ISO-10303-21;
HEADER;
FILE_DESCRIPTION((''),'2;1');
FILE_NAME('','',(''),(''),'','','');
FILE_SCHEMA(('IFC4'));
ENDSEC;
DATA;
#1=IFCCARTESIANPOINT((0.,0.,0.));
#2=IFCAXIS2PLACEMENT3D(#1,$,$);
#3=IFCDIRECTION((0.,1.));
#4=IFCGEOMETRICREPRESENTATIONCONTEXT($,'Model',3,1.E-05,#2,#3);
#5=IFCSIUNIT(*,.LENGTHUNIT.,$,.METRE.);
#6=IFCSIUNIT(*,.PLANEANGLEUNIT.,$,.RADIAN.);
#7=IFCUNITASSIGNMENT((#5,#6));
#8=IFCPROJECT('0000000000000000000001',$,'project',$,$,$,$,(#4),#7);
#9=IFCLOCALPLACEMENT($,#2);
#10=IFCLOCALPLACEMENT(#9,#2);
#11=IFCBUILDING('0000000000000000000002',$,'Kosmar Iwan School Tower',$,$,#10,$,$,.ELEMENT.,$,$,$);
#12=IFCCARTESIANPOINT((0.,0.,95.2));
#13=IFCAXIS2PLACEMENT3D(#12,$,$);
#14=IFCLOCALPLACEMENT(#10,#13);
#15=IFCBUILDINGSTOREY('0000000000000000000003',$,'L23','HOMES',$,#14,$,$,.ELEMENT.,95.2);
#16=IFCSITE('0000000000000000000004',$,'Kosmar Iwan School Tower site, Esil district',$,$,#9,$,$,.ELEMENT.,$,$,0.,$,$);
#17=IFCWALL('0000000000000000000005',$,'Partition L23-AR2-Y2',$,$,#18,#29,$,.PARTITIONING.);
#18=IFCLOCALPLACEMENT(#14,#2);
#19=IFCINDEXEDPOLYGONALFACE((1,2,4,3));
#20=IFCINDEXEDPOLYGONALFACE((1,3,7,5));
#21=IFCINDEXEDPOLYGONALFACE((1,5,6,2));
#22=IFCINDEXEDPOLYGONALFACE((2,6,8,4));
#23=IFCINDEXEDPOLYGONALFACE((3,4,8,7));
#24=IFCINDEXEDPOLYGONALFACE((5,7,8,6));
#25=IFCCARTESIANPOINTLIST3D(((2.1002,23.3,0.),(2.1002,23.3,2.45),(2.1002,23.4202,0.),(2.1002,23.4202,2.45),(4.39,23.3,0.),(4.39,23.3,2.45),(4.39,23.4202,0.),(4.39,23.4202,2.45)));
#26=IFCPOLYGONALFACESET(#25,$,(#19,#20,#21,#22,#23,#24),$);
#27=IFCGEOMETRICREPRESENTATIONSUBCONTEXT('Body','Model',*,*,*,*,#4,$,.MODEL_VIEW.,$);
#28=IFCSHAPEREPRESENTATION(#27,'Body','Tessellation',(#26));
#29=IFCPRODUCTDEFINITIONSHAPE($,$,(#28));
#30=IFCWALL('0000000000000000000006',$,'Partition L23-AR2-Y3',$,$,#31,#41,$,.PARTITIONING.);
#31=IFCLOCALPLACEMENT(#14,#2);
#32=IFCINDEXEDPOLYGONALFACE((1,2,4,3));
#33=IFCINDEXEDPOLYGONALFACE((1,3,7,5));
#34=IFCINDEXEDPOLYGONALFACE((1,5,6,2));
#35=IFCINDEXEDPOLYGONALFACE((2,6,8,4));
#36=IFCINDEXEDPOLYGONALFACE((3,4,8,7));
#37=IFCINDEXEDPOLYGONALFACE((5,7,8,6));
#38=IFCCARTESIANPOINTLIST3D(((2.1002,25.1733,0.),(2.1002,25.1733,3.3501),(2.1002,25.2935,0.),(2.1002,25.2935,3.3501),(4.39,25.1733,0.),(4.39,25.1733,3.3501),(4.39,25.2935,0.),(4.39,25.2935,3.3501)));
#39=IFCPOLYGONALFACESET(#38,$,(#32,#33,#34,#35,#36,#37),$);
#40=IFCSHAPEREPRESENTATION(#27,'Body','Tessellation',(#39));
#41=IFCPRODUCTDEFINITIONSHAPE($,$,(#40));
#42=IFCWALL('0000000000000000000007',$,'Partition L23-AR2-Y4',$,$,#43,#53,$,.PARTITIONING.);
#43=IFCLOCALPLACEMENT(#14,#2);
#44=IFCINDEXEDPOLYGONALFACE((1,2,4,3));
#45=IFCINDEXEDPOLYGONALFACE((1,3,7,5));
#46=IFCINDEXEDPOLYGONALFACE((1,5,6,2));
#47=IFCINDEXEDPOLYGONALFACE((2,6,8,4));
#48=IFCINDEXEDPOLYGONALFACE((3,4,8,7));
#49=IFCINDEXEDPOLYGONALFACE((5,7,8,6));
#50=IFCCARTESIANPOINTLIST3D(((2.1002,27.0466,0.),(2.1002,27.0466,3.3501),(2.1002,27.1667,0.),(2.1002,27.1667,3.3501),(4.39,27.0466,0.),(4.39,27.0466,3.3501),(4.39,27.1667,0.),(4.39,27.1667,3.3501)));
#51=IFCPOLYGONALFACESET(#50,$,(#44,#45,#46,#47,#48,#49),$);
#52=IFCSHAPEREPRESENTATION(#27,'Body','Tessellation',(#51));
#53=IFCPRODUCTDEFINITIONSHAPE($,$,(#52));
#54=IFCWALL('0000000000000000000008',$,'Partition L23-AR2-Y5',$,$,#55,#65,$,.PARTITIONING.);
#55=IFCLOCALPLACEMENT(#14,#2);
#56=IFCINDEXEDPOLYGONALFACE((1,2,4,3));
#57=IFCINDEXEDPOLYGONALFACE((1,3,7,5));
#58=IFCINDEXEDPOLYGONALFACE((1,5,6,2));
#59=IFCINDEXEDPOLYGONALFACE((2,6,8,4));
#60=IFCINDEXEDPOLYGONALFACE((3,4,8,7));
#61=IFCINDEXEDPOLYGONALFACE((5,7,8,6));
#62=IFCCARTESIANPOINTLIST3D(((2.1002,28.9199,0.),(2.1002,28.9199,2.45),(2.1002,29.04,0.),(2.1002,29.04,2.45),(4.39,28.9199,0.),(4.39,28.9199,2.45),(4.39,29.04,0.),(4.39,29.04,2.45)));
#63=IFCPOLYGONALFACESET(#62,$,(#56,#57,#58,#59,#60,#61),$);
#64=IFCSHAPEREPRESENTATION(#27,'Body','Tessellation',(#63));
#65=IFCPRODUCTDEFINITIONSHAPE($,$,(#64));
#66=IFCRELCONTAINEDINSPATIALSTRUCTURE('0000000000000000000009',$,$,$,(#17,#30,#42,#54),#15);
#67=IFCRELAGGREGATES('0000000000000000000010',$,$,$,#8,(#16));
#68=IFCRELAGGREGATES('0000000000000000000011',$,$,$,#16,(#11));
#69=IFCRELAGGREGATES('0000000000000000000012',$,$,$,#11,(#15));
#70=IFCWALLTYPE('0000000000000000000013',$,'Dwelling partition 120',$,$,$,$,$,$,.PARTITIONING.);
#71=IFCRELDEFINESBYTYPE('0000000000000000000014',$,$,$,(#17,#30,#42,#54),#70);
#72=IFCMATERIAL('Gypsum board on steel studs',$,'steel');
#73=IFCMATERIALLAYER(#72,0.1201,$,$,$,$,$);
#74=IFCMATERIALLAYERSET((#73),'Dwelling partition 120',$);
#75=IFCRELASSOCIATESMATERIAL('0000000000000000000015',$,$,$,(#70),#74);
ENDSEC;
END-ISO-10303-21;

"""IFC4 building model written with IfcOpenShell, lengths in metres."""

from ifc_helpers import new_model, si_unit, direction, frame, frame_2d, origin, place, context, subcontext, project, spatial, rectangle, extrude, material, layer, layer_set, type_object, element, save


model = new_model("IFC4")

# Units and contexts
model_context = context("Model", 3, precision=1e-05, world=origin(), true_north=direction((0.0, 1.0)))
body_context = subcontext(model_context, "Body", "Model", "MODEL_VIEW")
ifc_project = project(units=[si_unit("LENGTHUNIT", "METRE"), si_unit("PLANEANGLEUNIT", "RADIAN")], contexts=[model_context])

# Site, building, storey
site_placement = place(None, origin())
site = spatial("IfcSite", under=ifc_project, at=site_placement, Name="Kosmar Iwan School Tower site, Esil district", CompositionType="ELEMENT", RefElevation=0.0)
building_placement = place(site_placement, origin())
building = spatial("IfcBuilding", under=site, at=building_placement, Name="Kosmar Iwan School Tower", CompositionType="ELEMENT")
storey_placement = place(building_placement, frame((0.0, 0.0, 95.2)))
storey = spatial("IfcBuildingStorey", under=building, at=storey_placement, Name="L23", Description="HOMES", CompositionType="ELEMENT", Elevation=95.2)

# Walls
ifc_material_1 = material(Name="Gypsum board on steel studs", Category="steel")
ifc_layer_1 = layer(ifc_material_1, 0.1201)
ifc_layer_set_1 = layer_set([ifc_layer_1], Name="Dwelling partition 120")
wall_type_1 = type_object("IfcWallType", Name="Dwelling partition 120", PredefinedType="PARTITIONING", material=ifc_layer_set_1)
wall_1_placement = place(storey_placement, frame((2.1001, 23.3601, 0.0), z_axis=(0.0, 0.0, 1.0), x_axis=(1.0, 0.0, 0.0)))
element("IfcWall", 1, at=wall_1_placement, inside=storey, type_object=wall_type_1, Name="Partition L23-AR2-Y2", PredefinedType="PARTITIONING", context=body_context, shape_type="SweptSolid", body=[
    extrude(rectangle(XDim=2.2898, YDim=0.1201, at=frame_2d((1.145, 0.0))), origin(), (0.0, 0.0, 1.0), 2.45),
])
for number, where, z_axis, x_axis, name in (
    (2, (2.1001, 25.2334, 0.0), (0.0, 0.0, 1.0), (1.0, 0.0, 0.0), "Partition L23-AR2-Y3"),
    (3, (2.1001, 27.1067, 0.0), (0.0, 0.0, 1.0), (1.0, 0.0, 0.0), "Partition L23-AR2-Y4"),
):
    element("IfcWall", number, at=place(storey_placement, frame(where, z_axis=z_axis, x_axis=x_axis)), inside=storey, type_object=wall_type_1, Name=name, PredefinedType="PARTITIONING", context=body_context, shape_type="SweptSolid", body=[
        extrude(rectangle(XDim=2.2898, YDim=0.1201, at=frame_2d((1.145, 0.0))), origin(), (0.0, 0.0, 1.0), 3.3501),
    ])
wall_2_placement = place(storey_placement, frame((2.1001, 28.98, 0.0), z_axis=(0.0, 0.0, 1.0), x_axis=(1.0, 0.0, 0.0)))
element("IfcWall", 4, at=wall_2_placement, inside=storey, type_object=wall_type_1, Name="Partition L23-AR2-Y5", PredefinedType="PARTITIONING", context=body_context, shape_type="SweptSolid", body=[
    extrude(rectangle(XDim=2.2898, YDim=0.1201, at=frame_2d((1.145, 0.0))), origin(), (0.0, 0.0, 1.0), 2.45),
])

save(model, "model.ifc")
